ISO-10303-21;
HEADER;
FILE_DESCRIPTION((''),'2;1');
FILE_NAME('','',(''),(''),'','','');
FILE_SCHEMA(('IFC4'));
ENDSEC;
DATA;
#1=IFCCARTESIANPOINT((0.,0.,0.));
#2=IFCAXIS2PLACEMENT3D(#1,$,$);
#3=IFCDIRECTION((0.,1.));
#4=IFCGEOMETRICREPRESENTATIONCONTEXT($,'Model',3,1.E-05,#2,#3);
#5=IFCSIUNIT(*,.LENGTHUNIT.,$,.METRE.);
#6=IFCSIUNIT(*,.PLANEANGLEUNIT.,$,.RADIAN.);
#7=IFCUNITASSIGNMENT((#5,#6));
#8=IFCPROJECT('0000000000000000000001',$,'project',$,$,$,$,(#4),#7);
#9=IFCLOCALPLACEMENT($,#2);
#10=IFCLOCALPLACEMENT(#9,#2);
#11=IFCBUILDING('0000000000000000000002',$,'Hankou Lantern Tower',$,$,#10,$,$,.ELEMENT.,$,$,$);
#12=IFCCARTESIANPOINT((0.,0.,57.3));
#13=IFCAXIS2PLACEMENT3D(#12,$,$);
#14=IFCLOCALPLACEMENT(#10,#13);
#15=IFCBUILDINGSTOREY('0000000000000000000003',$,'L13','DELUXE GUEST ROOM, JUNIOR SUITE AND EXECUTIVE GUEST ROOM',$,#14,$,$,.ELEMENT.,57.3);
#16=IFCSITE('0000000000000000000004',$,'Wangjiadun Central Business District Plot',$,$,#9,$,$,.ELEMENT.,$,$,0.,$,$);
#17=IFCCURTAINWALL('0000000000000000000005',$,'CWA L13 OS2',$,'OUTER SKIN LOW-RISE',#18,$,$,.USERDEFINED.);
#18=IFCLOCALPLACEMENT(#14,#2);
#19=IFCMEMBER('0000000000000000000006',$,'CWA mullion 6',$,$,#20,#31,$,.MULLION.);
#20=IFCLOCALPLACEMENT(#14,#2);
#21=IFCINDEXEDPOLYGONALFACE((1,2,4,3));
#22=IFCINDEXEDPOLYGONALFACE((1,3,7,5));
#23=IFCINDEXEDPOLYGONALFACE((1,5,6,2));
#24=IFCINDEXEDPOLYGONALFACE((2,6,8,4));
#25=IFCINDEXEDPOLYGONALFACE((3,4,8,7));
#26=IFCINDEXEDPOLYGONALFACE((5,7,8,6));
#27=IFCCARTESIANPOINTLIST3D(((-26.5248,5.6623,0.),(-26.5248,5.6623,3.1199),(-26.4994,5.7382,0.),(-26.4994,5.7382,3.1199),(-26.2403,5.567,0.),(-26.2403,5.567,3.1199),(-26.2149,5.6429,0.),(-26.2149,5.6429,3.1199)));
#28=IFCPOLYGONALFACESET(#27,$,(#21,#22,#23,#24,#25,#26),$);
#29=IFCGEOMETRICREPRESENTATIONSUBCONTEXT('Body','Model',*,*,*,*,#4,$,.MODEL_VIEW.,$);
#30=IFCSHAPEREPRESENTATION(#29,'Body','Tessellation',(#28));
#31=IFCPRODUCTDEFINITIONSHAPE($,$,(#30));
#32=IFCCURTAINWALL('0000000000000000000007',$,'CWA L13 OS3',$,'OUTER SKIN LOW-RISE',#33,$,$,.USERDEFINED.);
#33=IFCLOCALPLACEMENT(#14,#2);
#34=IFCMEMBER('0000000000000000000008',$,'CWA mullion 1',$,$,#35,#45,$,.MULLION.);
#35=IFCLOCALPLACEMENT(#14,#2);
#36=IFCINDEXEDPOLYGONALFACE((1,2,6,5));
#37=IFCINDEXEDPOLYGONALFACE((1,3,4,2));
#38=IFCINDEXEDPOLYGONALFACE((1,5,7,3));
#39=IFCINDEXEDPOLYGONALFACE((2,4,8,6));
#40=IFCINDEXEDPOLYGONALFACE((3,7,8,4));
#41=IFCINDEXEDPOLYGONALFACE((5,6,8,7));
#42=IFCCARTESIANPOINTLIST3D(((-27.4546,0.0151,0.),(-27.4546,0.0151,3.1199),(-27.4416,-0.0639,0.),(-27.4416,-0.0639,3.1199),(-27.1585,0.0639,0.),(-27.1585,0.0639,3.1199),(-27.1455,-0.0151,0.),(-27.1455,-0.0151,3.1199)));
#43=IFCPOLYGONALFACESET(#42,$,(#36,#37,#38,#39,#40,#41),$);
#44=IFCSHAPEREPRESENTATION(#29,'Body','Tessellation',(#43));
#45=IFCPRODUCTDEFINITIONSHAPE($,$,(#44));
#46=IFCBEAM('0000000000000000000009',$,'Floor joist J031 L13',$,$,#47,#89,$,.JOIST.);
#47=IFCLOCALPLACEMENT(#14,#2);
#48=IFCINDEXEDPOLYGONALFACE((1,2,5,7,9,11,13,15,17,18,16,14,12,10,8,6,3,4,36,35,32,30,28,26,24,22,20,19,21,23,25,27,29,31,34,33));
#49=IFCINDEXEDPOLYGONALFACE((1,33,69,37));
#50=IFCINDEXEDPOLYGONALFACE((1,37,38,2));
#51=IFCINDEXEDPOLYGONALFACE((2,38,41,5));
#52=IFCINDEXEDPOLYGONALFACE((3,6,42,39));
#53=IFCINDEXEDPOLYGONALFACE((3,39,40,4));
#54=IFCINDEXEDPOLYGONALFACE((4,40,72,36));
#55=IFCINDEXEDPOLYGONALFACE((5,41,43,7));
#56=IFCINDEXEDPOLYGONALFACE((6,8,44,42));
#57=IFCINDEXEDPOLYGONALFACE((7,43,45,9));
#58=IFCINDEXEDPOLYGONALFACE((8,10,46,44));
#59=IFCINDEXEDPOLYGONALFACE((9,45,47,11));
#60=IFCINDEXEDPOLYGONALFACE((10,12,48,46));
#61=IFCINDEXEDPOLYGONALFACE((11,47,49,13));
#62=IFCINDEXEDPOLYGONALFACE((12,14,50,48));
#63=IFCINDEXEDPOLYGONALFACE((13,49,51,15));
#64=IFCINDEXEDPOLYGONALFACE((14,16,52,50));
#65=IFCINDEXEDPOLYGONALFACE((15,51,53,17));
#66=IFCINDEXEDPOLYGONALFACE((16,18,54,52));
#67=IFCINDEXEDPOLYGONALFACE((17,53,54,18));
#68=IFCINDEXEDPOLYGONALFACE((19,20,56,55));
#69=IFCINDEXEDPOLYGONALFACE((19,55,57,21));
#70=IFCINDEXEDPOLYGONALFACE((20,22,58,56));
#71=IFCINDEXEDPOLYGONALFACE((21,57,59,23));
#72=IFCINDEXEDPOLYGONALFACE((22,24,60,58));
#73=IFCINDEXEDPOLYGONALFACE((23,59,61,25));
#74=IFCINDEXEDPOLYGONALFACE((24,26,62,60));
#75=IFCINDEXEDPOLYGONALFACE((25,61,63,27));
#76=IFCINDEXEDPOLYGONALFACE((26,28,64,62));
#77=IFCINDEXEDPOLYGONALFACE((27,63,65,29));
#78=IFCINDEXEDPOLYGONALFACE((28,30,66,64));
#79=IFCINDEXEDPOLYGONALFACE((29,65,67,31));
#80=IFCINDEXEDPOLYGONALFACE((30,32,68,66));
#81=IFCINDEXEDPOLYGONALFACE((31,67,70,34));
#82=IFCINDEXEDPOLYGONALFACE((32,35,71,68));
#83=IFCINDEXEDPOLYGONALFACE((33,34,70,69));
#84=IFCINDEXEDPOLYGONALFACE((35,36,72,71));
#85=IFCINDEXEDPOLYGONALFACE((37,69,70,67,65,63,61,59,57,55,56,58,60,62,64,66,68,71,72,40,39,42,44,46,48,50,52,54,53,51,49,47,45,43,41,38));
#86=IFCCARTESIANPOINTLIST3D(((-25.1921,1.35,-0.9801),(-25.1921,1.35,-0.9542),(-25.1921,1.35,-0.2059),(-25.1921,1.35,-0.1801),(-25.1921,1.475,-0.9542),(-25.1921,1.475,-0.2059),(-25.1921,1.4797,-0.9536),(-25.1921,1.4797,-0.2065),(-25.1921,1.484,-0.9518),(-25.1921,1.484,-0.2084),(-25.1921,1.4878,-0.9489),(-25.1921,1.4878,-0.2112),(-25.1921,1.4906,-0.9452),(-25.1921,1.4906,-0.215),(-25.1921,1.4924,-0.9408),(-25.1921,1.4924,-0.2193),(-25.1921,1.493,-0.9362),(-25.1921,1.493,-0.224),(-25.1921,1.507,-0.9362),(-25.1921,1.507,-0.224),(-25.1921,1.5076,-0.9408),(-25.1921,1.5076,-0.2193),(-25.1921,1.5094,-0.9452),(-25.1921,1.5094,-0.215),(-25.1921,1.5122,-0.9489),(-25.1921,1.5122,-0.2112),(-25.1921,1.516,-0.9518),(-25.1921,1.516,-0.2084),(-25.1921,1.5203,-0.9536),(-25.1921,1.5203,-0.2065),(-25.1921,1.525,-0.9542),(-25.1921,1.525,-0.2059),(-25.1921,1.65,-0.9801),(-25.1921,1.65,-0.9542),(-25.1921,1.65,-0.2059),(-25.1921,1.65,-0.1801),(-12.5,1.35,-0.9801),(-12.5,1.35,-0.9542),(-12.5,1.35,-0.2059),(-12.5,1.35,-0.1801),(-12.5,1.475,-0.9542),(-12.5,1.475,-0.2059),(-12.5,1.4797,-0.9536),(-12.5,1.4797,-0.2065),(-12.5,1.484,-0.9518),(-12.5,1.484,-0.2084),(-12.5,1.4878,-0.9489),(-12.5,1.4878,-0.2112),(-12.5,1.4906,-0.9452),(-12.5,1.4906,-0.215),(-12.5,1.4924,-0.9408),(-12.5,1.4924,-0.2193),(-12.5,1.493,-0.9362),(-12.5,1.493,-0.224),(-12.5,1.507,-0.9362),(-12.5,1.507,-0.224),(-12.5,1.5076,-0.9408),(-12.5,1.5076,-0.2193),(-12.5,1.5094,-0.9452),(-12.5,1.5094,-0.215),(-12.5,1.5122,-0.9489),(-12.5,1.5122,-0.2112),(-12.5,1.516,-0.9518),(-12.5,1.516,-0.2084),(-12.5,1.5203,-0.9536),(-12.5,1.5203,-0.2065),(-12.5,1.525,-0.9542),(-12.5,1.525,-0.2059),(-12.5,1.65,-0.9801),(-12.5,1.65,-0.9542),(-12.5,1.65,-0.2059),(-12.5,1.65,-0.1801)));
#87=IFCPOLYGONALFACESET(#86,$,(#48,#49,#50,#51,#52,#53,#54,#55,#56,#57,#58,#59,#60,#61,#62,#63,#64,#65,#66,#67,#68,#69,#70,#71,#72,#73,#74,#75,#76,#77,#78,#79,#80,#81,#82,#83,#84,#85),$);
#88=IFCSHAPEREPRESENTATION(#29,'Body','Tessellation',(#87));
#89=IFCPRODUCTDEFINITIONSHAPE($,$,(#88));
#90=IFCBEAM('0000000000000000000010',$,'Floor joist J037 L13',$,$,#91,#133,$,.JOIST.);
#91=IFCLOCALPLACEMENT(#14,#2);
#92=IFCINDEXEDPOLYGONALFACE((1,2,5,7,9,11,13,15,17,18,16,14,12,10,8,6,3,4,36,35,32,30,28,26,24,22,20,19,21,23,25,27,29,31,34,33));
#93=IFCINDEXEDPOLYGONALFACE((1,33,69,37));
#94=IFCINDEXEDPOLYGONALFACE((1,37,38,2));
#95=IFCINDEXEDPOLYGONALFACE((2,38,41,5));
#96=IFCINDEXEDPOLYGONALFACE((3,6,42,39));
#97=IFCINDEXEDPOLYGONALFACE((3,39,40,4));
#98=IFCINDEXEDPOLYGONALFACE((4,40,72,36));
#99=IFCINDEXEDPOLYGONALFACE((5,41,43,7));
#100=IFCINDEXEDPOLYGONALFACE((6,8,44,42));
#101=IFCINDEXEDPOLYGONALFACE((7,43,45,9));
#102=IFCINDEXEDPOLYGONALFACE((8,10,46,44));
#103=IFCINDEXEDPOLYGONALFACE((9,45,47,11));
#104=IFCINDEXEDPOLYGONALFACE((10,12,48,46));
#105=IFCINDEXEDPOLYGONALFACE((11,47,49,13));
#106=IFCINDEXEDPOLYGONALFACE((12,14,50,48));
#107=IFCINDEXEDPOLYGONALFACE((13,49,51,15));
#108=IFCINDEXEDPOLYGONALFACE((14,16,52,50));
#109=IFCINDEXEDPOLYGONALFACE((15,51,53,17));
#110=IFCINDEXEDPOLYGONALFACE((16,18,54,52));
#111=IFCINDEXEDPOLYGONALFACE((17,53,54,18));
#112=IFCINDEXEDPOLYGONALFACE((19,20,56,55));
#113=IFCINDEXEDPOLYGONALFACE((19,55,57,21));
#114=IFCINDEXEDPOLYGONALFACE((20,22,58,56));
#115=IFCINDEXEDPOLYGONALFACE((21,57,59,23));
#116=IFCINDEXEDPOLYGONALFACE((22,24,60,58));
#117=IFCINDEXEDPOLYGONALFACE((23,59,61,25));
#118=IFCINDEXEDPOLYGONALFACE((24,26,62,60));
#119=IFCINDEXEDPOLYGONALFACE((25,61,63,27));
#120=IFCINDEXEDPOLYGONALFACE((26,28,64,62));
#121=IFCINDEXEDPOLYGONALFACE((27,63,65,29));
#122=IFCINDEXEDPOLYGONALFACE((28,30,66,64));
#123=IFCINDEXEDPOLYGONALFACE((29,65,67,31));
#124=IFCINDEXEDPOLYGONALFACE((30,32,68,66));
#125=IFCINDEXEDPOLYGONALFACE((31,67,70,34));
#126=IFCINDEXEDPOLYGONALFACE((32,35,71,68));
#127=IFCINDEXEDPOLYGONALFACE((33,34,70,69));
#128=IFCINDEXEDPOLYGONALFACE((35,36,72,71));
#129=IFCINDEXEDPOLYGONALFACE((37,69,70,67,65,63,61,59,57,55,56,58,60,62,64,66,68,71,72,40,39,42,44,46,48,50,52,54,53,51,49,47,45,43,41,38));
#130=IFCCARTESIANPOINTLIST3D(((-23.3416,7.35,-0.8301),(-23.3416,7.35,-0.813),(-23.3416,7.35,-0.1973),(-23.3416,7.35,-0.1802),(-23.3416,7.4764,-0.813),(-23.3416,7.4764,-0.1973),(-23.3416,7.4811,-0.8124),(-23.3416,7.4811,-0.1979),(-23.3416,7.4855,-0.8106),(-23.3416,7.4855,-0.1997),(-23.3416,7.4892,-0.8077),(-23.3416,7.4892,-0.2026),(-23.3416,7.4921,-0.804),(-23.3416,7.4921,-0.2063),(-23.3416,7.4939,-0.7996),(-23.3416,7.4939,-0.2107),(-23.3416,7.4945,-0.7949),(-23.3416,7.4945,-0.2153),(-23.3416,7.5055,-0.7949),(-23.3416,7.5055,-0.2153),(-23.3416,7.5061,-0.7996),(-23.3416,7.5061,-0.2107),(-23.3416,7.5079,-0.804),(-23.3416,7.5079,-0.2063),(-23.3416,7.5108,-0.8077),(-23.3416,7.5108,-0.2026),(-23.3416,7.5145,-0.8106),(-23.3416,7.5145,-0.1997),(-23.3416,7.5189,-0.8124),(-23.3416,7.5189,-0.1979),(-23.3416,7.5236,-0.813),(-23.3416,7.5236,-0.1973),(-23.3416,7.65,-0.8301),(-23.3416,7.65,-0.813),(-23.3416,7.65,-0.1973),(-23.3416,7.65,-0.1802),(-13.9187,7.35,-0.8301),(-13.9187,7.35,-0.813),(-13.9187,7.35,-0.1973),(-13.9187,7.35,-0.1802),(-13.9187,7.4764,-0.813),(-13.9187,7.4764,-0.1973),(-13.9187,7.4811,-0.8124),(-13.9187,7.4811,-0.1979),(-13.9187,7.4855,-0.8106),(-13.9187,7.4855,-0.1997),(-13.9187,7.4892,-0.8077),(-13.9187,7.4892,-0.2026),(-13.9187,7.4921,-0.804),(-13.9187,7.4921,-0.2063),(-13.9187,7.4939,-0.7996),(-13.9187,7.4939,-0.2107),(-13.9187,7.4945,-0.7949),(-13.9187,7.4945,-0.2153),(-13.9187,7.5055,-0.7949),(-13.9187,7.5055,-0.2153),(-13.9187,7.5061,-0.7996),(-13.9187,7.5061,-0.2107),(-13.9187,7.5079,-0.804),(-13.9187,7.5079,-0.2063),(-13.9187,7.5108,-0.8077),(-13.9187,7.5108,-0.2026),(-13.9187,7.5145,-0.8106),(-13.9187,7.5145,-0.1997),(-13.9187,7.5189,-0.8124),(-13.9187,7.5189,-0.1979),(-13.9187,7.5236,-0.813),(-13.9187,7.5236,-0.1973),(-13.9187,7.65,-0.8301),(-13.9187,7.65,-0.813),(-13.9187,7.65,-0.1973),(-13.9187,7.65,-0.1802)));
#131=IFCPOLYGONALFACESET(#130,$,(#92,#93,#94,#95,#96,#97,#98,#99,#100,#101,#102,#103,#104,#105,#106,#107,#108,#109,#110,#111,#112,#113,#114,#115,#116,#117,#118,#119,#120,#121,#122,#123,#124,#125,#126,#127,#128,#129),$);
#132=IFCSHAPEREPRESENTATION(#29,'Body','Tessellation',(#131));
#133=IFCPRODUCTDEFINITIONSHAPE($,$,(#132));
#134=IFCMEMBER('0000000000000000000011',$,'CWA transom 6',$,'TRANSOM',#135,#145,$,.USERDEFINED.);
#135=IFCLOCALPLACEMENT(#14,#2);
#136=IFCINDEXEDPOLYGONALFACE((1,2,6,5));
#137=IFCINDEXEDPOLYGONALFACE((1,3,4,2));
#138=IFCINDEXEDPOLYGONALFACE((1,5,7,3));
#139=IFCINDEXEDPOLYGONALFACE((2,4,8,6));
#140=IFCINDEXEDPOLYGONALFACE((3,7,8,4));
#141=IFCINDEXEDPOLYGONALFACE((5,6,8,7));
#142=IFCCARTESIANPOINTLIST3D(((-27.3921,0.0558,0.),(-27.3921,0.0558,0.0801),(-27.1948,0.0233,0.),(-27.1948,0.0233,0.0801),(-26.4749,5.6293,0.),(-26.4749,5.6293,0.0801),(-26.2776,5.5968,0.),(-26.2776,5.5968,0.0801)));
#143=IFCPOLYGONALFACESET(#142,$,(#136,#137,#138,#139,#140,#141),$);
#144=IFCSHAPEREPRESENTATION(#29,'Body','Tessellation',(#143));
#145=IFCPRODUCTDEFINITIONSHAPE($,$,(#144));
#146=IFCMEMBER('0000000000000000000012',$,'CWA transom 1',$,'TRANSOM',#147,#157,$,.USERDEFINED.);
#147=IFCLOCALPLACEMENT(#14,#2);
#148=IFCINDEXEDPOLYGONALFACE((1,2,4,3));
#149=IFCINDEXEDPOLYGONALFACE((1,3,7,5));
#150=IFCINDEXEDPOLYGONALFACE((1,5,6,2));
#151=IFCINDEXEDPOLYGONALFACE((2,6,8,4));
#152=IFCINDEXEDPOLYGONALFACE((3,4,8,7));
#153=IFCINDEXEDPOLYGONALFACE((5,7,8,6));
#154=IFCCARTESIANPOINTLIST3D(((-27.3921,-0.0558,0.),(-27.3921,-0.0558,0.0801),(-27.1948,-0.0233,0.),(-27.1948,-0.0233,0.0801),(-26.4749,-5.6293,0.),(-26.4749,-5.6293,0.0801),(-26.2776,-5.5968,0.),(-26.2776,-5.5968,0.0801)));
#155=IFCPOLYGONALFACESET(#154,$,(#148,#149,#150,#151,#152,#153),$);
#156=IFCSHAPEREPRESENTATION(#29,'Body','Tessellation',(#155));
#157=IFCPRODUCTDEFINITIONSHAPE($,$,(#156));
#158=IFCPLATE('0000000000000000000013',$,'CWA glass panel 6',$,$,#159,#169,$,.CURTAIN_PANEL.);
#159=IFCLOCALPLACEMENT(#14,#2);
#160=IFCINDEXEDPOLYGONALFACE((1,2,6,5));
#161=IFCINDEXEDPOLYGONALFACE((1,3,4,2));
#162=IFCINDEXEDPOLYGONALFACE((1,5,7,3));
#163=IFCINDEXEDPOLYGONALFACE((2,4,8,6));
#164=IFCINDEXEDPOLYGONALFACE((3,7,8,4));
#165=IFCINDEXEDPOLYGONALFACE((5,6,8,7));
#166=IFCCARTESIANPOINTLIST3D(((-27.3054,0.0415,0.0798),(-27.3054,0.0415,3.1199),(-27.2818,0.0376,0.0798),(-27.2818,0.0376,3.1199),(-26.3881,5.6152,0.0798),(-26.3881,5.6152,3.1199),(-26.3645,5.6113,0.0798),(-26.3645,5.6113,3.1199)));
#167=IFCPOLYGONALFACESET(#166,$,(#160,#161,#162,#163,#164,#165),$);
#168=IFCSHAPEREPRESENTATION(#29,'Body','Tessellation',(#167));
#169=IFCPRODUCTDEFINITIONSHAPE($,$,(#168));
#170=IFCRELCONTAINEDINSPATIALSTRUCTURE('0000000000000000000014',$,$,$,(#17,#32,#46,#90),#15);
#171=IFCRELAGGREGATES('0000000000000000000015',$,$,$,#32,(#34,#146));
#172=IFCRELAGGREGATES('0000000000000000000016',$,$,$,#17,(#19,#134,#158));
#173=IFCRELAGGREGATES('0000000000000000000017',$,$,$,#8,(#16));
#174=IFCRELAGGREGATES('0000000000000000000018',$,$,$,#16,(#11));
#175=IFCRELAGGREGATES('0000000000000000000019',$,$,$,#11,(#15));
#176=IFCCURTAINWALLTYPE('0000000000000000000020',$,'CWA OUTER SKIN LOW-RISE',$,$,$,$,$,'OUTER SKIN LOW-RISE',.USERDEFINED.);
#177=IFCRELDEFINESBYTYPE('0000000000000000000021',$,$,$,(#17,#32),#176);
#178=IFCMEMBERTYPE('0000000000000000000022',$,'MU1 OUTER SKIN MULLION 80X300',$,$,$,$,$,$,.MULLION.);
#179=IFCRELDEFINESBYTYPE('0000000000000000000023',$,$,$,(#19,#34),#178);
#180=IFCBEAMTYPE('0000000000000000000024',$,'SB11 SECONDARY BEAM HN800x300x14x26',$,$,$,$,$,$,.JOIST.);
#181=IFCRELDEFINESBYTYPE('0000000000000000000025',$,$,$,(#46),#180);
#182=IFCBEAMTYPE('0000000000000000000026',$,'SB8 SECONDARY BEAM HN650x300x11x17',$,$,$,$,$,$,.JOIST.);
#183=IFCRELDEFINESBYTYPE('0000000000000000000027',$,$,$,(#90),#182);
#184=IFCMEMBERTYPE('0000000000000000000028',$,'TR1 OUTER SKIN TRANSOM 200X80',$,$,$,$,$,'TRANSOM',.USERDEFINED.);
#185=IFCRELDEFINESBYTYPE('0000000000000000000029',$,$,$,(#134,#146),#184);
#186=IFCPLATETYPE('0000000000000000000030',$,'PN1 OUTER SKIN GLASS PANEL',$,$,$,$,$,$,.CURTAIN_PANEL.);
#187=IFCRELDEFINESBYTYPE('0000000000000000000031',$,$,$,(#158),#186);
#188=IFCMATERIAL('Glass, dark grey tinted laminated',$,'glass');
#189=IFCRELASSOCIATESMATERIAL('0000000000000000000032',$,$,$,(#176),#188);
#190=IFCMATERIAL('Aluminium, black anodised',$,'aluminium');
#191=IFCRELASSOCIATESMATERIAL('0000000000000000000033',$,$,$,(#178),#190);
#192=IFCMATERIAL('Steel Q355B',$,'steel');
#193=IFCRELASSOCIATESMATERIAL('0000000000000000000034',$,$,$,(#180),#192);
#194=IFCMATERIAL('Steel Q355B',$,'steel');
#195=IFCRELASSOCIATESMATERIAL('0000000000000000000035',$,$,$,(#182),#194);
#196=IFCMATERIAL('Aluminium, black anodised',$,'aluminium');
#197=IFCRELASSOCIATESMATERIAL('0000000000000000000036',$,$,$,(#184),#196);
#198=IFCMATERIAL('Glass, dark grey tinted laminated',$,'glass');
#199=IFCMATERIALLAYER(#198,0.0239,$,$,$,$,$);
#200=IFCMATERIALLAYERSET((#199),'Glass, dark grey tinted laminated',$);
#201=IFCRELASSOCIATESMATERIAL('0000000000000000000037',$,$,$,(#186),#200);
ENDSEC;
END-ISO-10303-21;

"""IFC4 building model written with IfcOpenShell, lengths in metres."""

from ifc_helpers import new_model, si_unit, direction, frame, origin, origin_2d, place, context, subcontext, project, spatial, rectangle, i_section, extrude, material, layer, layer_set, material_profile, profile_set, type_object, element, aggregate, save


model = new_model("IFC4")

# Units and contexts
model_context = context("Model", 3, precision=1e-05, world=origin(), true_north=direction((0.0, 1.0)))
body_context = subcontext(model_context, "Body", "Model", "MODEL_VIEW")
ifc_project = project(units=[si_unit("LENGTHUNIT", "METRE"), si_unit("PLANEANGLEUNIT", "RADIAN")], contexts=[model_context])

# Site, building, storey
site_placement = place(None, origin())
site = spatial("IfcSite", under=ifc_project, at=site_placement, Name="Wangjiadun Central Business District Plot", CompositionType="ELEMENT", RefElevation=0.0)
building_placement = place(site_placement, origin())
building = spatial("IfcBuilding", under=site, at=building_placement, Name="Hankou Lantern Tower", CompositionType="ELEMENT")
storey_placement = place(building_placement, frame((0.0, 0.0, 57.3)))
storey = spatial("IfcBuildingStorey", under=building, at=storey_placement, Name="L13", Description="DELUXE GUEST ROOM, JUNIOR SUITE AND EXECUTIVE GUEST ROOM", CompositionType="ELEMENT", Elevation=57.3)

# Curtain walls, members
ifc_material_1 = material(Name="Glass, dark grey tinted laminated", Category="glass")
curtain_wall_type = type_object("IfcCurtainWallType", Name="CWA OUTER SKIN LOW-RISE", ElementType="OUTER SKIN LOW-RISE", PredefinedType="USERDEFINED", material=ifc_material_1)
curtain_wall_1_placement = place(storey_placement, origin())
curtain_wall_1 = element("IfcCurtainWall", 1, at=curtain_wall_1_placement, inside=storey, type_object=curtain_wall_type, Name="CWA L13 OS2", ObjectType="OUTER SKIN LOW-RISE", PredefinedType="USERDEFINED")
ifc_material_2 = material(Name="Aluminium, black anodised", Category="aluminium")
ifc_material_profile_1 = material_profile(ifc_material_2, rectangle(XDim=0.0801, YDim=0.3, at=origin_2d()), Name="MU1 80X300")
ifc_profile_set_1 = profile_set([ifc_material_profile_1], Name="Aluminium, black anodised")
member_type_1 = type_object("IfcMemberType", Name="MU1 OUTER SKIN MULLION 80X300", PredefinedType="MULLION", material=ifc_profile_set_1)
member_1_placement = place(storey_placement, frame((-26.3699, 5.6526, 0.0), z_axis=(0.0, 0.0, 1.0), x_axis=(-0.317596, -0.948226, 0.0)))
member_1 = element("IfcMember", 2, at=member_1_placement, type_object=member_type_1, Name="CWA mullion 6", PredefinedType="MULLION", context=body_context, shape_type="SweptSolid", body=[
    extrude(rectangle(XDim=0.0801, YDim=0.3, at=origin_2d()), origin(), (0.0, 0.0, 1.0), 3.1199),
])
curtain_wall_2_placement = place(storey_placement, origin())
curtain_wall_2 = element("IfcCurtainWall", 3, at=curtain_wall_2_placement, inside=storey, type_object=curtain_wall_type, Name="CWA L13 OS3", ObjectType="OUTER SKIN LOW-RISE", PredefinedType="USERDEFINED")
member_2_placement = place(storey_placement, frame((-27.3, 0.0, 0.0), z_axis=(0.0, 0.0, 1.0), x_axis=(0.162382, -0.986728, 0.0)))
member_2 = element("IfcMember", 4, at=member_2_placement, type_object=member_type_1, Name="CWA mullion 1", PredefinedType="MULLION", context=body_context, shape_type="SweptSolid", body=[
    extrude(rectangle(XDim=0.0801, YDim=0.3, at=origin_2d()), origin(), (0.0, 0.0, 1.0), 3.1199),
])

# Beams
ifc_material_3 = material(Name="Steel Q355B", Category="steel")
ifc_material_profile_2 = material_profile(ifc_material_3, i_section(OverallWidth=0.3, OverallDepth=0.8, WebThickness=0.0139, FlangeThickness=0.0259, FilletRadius=0.0181, at=origin_2d()), Name="HN800x300x14x26")
ifc_profile_set_2 = profile_set([ifc_material_profile_2], Name="Steel Q355B")
beam_type_1 = type_object("IfcBeamType", Name="SB11 SECONDARY BEAM HN800x300x14x26", PredefinedType="JOIST", material=ifc_profile_set_2)
beam_1_placement = place(storey_placement, frame((-25.1921, 1.5, -0.5801), z_axis=(1.0, 0.0, 0.0), x_axis=(0.0, 1.0, 0.0)))
element("IfcBeam", 5, at=beam_1_placement, inside=storey, type_object=beam_type_1, Name="Floor joist J031 L13", PredefinedType="JOIST", context=body_context, shape_type="SweptSolid", body=[
    extrude(i_section(OverallWidth=0.3, OverallDepth=0.8, WebThickness=0.0139, FlangeThickness=0.0259, FilletRadius=0.0181, at=origin_2d()), origin(), (0.0, 0.0, 1.0), 12.6921),
])
ifc_material_4 = material(Name="Steel Q355B", Category="steel")
ifc_material_profile_3 = material_profile(ifc_material_4, i_section(OverallWidth=0.3, OverallDepth=0.6499, WebThickness=0.011, FlangeThickness=0.0171, FilletRadius=0.0181, at=origin_2d()), Name="HN650x300x11x17")
ifc_profile_set_3 = profile_set([ifc_material_profile_3], Name="Steel Q355B")
beam_type_2 = type_object("IfcBeamType", Name="SB8 SECONDARY BEAM HN650x300x11x17", PredefinedType="JOIST", material=ifc_profile_set_3)
beam_2_placement = place(storey_placement, frame((-23.3416, 7.5, -0.5051), z_axis=(1.0, 0.0, 0.0), x_axis=(0.0, 1.0, 0.0)))
element("IfcBeam", 6, at=beam_2_placement, inside=storey, type_object=beam_type_2, Name="Floor joist J037 L13", PredefinedType="JOIST", context=body_context, shape_type="SweptSolid", body=[
    extrude(i_section(OverallWidth=0.3, OverallDepth=0.6499, WebThickness=0.011, FlangeThickness=0.0171, FilletRadius=0.0181, at=origin_2d()), origin(), (0.0, 0.0, 1.0), 9.4229),
])

# Members
ifc_material_5 = material(Name="Aluminium, black anodised", Category="aluminium")
ifc_material_profile_4 = material_profile(ifc_material_5, rectangle(XDim=0.2, YDim=0.0801, at=origin_2d()), Name="TR1 200X80")
ifc_profile_set_4 = profile_set([ifc_material_profile_4], Name="Aluminium, black anodised")
member_type_2 = type_object("IfcMemberType", Name="TR1 OUTER SKIN TRANSOM 200X80", ElementType="TRANSOM", PredefinedType="USERDEFINED", material=ifc_profile_set_4)
member_3_placement = place(storey_placement, frame((-26.3762, 5.613, 0.04), z_axis=(-0.162387, -0.986727, 0.0), x_axis=(0.986727, -0.162387, 0.0)))
member_3 = element("IfcMember", 7, at=member_3_placement, type_object=member_type_2, Name="CWA transom 6", ObjectType="TRANSOM", PredefinedType="USERDEFINED", context=body_context, shape_type="SweptSolid", body=[
    extrude(rectangle(XDim=0.2, YDim=0.0801, at=origin_2d()), origin(), (0.0, 0.0, 1.0), 5.6484),
])
member_4_placement = place(storey_placement, frame((-27.2935, -0.0396, 0.04), z_axis=(0.162387, -0.986727, 0.0), x_axis=(0.986727, 0.162387, 0.0)))
member_4 = element("IfcMember", 8, at=member_4_placement, type_object=member_type_2, Name="CWA transom 1", ObjectType="TRANSOM", PredefinedType="USERDEFINED", context=body_context, shape_type="SweptSolid", body=[
    extrude(rectangle(XDim=0.2, YDim=0.0801, at=origin_2d()), origin(), (0.0, 0.0, 1.0), 5.6484),
])
aggregate(curtain_wall_2, [member_2, member_4])

# Plate
ifc_material_6 = material(Name="Glass, dark grey tinted laminated", Category="glass")
ifc_layer_1 = layer(ifc_material_6, 0.0239)
ifc_layer_set_1 = layer_set([ifc_layer_1], Name="Glass, dark grey tinted laminated")
plate_type = type_object("IfcPlateType", Name="PN1 OUTER SKIN GLASS PANEL", PredefinedType="CURTAIN_PANEL", material=ifc_layer_set_1)
plate_placement = place(storey_placement, frame((-26.835, 2.8264, 0.0798), z_axis=(0.0, 0.0, 1.0), x_axis=(-0.162382, -0.986728, 0.0)))
plate = element("IfcPlate", 9, at=plate_placement, type_object=plate_type, Name="CWA glass panel 6", PredefinedType="CURTAIN_PANEL", context=body_context, shape_type="SweptSolid", body=[
    extrude(rectangle(XDim=5.6487, YDim=0.0239, at=origin_2d()), origin(), (0.0, 0.0, 1.0), 3.04),
])
aggregate(curtain_wall_1, [member_1, member_3, plate])

save(model, "model.ifc")
